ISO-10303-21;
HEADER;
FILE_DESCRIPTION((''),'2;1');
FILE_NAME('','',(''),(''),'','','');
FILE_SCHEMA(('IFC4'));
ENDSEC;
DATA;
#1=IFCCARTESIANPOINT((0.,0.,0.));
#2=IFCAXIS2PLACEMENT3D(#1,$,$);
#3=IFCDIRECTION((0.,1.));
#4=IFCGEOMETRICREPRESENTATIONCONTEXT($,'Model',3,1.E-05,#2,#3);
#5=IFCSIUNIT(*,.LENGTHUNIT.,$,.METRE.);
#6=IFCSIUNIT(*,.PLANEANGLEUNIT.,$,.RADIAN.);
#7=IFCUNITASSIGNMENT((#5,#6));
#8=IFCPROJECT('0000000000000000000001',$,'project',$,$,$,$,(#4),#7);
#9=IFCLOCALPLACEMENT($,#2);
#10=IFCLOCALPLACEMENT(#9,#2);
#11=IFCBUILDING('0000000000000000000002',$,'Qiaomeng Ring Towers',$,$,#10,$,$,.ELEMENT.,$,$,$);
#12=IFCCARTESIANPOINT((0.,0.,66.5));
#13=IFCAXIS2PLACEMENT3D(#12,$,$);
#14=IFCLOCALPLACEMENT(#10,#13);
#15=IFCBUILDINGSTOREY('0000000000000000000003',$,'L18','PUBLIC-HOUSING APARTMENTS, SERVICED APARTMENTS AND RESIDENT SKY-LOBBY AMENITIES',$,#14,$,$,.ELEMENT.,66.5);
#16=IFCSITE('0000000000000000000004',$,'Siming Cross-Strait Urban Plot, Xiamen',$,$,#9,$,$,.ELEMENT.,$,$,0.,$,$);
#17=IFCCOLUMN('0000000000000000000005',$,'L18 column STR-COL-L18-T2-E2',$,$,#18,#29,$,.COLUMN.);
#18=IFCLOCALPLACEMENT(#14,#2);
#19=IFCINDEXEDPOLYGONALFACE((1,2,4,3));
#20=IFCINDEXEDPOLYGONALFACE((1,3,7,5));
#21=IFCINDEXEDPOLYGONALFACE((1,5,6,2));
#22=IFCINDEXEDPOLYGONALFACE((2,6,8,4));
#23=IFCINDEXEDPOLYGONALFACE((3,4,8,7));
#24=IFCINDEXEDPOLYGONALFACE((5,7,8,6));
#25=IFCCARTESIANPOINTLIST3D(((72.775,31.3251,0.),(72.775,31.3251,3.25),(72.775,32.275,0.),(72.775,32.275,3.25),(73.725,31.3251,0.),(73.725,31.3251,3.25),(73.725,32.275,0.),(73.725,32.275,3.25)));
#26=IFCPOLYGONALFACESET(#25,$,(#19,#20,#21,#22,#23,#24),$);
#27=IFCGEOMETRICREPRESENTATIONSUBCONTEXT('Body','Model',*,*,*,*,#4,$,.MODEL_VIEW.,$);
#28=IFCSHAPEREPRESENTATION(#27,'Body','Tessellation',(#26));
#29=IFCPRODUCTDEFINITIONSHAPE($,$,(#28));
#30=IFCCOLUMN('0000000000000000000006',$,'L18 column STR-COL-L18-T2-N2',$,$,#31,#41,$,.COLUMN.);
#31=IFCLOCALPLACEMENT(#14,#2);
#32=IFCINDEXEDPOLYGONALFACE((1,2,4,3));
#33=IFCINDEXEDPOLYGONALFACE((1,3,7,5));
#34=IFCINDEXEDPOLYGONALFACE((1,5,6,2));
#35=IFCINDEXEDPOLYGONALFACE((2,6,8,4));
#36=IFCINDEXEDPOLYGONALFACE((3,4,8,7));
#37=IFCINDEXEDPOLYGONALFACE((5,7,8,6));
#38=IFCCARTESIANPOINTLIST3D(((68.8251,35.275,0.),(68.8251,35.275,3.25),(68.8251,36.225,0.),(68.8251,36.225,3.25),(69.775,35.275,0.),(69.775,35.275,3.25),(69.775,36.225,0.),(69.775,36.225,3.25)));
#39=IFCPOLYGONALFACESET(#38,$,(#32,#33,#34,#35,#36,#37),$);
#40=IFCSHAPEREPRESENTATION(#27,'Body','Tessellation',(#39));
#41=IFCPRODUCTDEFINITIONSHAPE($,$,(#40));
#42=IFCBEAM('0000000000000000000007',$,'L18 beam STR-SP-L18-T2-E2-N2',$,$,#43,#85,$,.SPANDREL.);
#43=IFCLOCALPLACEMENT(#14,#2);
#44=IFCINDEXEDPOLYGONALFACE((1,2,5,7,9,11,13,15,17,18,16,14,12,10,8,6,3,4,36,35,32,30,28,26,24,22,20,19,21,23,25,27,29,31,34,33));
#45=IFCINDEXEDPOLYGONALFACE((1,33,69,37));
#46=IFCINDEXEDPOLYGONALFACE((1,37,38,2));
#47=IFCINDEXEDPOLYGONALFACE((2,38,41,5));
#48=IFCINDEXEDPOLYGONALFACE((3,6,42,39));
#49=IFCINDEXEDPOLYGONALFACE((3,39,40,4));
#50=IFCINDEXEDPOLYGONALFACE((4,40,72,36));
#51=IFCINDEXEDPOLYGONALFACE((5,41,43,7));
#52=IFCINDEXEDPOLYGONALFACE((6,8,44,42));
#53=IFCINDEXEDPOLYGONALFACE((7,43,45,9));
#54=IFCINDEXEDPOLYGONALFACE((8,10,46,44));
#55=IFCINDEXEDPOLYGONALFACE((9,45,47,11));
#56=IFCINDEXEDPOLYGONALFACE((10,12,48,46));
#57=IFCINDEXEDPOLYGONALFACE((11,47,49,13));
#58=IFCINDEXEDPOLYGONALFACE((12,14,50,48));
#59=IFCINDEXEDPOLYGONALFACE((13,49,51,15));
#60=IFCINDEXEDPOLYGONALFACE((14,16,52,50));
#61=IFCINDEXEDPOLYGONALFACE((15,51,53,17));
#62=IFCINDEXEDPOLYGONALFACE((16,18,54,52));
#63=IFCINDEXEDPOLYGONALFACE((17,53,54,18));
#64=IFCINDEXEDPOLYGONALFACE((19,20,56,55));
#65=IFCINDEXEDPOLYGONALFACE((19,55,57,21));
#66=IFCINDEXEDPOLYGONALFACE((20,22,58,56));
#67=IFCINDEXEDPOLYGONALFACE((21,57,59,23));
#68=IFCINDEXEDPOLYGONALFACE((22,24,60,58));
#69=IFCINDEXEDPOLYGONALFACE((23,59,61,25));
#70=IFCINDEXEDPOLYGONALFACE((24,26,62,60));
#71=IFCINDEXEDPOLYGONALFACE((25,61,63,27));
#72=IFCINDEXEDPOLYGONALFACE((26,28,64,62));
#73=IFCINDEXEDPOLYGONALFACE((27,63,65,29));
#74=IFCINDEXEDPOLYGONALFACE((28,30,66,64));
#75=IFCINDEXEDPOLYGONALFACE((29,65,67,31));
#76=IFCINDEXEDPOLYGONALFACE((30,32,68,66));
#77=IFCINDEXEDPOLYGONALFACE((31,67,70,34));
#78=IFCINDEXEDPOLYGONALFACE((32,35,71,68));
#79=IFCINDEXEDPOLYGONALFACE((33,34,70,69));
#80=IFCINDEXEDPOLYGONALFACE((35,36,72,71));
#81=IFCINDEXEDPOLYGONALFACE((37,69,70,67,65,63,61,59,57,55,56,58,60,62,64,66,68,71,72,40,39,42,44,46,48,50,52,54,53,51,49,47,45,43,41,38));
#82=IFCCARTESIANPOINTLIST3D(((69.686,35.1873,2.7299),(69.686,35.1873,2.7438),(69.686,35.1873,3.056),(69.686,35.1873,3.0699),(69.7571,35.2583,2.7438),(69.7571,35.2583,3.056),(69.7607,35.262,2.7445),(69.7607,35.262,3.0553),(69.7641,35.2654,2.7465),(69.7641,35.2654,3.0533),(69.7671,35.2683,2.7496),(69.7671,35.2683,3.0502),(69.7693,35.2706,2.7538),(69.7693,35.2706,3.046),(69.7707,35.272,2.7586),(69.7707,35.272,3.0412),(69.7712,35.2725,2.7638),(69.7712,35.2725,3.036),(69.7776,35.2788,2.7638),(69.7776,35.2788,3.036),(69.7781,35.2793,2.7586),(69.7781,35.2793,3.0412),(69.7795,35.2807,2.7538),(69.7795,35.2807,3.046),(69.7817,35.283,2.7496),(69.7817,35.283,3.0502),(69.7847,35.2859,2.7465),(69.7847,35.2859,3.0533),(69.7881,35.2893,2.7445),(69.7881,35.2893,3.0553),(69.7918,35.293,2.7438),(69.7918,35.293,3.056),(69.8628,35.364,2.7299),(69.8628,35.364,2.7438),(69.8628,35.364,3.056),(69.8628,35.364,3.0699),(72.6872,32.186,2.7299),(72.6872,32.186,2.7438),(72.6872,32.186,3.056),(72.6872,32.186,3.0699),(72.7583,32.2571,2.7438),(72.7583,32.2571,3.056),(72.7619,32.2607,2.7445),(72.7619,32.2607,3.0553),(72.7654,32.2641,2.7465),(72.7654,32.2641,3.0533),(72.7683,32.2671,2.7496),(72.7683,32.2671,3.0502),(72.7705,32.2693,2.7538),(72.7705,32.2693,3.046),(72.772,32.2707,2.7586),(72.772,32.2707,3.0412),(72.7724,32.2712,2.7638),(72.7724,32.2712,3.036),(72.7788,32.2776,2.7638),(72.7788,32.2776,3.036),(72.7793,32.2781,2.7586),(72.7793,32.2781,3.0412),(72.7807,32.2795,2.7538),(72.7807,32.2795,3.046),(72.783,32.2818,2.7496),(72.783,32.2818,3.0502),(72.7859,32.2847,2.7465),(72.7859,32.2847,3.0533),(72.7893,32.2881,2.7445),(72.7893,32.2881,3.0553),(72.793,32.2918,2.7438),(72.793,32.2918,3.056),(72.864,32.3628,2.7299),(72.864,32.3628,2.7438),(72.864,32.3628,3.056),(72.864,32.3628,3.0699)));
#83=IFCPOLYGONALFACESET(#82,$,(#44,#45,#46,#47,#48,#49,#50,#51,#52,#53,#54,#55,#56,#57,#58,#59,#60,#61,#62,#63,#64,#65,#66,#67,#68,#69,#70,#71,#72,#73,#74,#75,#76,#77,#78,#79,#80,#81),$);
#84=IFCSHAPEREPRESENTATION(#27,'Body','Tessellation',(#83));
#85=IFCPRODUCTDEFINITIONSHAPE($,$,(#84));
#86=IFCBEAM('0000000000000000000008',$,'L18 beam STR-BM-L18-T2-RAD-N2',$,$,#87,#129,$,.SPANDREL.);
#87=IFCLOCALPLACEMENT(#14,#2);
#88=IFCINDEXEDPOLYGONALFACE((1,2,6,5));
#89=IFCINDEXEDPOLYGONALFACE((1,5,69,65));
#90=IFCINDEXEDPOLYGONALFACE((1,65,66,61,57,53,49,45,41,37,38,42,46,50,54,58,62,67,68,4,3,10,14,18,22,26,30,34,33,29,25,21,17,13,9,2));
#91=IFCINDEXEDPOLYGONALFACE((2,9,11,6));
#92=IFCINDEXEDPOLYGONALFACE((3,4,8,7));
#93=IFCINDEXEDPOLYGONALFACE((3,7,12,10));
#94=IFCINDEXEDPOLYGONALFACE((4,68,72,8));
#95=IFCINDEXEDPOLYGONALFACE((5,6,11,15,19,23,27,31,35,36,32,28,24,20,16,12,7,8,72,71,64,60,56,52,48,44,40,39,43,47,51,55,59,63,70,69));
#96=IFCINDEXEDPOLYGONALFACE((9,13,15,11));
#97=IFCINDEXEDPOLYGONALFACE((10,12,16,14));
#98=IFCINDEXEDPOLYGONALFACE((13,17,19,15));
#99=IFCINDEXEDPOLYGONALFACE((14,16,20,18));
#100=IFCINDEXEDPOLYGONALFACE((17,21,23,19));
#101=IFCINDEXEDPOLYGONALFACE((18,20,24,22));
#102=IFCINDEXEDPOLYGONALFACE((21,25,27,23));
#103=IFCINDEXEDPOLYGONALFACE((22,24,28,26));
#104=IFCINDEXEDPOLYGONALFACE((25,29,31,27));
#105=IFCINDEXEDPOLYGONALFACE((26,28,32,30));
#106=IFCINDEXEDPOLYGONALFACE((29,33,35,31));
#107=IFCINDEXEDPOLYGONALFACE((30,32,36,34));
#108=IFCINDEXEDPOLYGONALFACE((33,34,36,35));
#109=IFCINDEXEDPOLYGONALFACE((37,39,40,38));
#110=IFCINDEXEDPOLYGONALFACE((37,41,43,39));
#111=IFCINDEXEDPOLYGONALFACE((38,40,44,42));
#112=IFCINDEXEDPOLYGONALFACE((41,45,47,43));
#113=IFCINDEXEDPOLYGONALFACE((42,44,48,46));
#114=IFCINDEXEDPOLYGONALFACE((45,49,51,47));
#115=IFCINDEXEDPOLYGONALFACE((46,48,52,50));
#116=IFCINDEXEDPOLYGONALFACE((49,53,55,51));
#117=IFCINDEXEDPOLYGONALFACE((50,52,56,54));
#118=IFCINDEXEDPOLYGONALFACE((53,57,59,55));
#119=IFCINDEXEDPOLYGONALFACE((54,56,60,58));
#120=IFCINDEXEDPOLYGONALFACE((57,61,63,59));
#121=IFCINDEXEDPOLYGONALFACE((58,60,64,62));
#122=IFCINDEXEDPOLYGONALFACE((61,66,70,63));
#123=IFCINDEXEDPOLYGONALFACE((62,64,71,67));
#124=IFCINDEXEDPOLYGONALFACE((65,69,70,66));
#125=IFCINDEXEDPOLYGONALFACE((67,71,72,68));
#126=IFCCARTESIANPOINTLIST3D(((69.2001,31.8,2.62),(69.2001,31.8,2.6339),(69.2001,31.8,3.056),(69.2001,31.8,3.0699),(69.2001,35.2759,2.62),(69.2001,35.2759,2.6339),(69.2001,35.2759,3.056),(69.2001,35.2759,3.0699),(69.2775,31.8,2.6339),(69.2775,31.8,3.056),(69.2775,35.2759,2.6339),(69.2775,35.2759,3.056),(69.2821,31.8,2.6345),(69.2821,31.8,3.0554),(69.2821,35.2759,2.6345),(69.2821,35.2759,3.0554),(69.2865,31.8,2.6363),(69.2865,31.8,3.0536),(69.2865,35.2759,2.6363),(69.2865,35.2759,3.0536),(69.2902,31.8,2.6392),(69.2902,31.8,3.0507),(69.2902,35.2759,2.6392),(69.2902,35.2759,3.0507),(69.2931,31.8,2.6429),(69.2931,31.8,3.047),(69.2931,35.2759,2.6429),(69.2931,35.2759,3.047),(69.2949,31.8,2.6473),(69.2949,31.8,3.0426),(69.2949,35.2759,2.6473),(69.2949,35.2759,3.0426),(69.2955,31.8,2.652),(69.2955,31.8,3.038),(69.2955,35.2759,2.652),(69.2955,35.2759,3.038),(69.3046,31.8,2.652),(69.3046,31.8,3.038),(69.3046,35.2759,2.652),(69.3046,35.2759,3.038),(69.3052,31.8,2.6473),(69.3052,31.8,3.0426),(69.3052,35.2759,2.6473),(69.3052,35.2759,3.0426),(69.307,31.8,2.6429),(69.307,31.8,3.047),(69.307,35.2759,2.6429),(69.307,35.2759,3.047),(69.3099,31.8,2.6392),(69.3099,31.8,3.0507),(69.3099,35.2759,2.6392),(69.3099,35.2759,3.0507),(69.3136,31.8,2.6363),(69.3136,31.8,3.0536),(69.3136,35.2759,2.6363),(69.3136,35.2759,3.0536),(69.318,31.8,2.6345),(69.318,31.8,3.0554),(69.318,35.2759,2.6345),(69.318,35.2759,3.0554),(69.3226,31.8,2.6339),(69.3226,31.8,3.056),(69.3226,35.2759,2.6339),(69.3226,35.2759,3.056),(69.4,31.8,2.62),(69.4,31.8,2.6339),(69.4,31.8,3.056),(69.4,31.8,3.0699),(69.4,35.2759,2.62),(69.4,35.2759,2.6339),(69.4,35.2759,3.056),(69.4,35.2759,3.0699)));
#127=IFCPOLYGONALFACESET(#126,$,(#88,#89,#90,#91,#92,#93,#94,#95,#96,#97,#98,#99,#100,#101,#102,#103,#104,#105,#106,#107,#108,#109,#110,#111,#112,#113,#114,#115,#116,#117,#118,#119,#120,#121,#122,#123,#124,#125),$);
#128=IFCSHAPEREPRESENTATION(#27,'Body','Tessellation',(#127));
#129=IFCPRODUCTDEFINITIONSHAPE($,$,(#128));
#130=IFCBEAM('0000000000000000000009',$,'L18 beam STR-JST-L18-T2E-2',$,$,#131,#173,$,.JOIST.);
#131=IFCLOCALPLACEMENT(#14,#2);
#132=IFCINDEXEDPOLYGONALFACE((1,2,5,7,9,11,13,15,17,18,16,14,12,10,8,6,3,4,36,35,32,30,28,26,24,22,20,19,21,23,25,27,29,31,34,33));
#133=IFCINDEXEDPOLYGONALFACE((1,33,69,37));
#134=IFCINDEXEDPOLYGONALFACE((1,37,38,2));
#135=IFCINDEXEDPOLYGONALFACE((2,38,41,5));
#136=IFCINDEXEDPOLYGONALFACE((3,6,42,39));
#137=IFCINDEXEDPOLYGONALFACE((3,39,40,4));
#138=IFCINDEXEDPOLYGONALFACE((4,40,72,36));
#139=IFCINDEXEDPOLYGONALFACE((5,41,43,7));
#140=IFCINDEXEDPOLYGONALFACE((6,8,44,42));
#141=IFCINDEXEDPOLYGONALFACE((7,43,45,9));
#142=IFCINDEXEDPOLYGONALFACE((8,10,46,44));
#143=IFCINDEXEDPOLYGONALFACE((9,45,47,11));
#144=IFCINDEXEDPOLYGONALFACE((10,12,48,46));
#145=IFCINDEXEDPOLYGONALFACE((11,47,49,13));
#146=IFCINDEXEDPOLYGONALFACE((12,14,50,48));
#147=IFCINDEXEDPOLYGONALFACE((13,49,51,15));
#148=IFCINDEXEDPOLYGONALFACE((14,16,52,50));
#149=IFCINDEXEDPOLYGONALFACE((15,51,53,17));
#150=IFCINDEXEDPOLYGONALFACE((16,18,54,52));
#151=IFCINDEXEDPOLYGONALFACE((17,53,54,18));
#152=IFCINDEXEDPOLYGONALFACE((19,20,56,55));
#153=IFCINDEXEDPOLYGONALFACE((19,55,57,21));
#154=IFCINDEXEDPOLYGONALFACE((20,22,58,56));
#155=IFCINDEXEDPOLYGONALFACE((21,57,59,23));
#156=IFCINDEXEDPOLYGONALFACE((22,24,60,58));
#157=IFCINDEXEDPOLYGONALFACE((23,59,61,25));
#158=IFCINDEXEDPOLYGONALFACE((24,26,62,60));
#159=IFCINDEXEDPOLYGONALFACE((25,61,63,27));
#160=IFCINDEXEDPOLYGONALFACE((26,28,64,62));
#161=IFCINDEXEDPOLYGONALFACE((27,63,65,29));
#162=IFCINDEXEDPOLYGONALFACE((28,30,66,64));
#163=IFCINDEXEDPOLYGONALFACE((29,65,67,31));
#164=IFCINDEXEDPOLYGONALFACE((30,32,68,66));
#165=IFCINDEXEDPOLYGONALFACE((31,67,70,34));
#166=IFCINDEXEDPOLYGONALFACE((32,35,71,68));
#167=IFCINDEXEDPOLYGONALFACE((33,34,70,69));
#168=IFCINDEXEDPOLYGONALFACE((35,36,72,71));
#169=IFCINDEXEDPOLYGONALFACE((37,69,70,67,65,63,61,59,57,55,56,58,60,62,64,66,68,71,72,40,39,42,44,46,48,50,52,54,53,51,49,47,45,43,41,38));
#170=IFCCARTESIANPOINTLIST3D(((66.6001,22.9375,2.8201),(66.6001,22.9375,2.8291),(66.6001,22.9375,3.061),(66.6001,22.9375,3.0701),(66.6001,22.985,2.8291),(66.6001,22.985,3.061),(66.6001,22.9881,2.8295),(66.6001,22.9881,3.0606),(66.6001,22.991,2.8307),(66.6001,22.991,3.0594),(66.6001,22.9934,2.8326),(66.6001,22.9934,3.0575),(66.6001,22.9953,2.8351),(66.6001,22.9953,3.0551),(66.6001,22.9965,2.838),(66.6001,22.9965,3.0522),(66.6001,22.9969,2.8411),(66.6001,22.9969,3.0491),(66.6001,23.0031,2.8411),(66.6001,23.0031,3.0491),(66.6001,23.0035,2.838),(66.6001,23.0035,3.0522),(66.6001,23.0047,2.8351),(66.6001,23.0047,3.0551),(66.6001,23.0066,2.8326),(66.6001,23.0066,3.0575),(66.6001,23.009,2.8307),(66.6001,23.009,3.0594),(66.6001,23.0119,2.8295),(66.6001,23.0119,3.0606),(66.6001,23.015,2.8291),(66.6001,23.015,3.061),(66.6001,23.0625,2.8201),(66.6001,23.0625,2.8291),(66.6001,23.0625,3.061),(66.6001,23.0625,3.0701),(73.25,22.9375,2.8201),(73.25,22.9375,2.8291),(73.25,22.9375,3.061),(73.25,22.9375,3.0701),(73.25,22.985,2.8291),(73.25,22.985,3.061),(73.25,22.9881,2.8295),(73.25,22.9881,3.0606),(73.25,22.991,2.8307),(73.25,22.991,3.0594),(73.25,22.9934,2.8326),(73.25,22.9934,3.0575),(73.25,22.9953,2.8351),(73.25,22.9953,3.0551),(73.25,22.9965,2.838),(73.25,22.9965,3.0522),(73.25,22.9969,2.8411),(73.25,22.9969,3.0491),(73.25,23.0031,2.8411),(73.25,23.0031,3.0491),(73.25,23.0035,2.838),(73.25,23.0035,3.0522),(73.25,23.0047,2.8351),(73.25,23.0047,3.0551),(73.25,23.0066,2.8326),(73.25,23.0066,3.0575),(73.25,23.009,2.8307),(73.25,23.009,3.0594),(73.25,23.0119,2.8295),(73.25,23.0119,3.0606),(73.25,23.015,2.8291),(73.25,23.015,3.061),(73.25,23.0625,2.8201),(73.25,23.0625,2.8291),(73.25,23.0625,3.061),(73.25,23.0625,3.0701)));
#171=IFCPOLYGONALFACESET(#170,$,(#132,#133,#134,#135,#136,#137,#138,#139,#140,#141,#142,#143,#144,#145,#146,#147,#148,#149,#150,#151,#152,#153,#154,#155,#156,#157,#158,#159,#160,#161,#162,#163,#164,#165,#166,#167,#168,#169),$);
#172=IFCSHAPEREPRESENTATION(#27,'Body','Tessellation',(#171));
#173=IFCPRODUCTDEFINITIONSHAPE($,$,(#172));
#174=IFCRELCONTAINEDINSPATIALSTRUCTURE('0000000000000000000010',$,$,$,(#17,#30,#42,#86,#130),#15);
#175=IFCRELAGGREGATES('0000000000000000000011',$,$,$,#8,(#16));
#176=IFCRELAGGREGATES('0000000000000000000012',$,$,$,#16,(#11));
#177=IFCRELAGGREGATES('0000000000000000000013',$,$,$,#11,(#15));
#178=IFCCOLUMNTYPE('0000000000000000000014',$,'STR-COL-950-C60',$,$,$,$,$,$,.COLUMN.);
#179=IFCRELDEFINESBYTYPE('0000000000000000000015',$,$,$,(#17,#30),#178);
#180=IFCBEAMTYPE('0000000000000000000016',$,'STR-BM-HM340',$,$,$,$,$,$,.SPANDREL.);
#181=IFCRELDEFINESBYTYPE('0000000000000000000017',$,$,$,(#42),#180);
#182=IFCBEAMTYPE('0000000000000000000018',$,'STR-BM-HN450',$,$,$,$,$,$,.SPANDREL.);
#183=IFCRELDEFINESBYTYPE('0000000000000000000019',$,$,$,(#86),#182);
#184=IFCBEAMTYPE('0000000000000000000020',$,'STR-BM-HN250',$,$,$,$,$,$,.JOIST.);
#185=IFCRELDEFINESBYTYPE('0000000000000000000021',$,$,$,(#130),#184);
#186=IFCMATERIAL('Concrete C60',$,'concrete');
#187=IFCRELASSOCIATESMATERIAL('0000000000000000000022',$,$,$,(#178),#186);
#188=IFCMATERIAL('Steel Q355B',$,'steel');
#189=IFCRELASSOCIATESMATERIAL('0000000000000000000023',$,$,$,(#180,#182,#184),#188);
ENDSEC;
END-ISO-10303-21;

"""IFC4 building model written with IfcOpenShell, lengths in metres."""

from ifc_helpers import new_model, si_unit, direction, frame, origin, origin_2d, place, context, subcontext, project, spatial, rectangle, i_section, extrude, source, transform, mapped, material, material_profile, profile_set, type_object, element, save


model = new_model("IFC4")

# Units and contexts
model_context = context("Model", 3, precision=1e-05, world=origin(), true_north=direction((0.0, 1.0)))
body_context = subcontext(model_context, "Body", "Model", "MODEL_VIEW")
ifc_project = project(units=[si_unit("LENGTHUNIT", "METRE"), si_unit("PLANEANGLEUNIT", "RADIAN")], contexts=[model_context])

# Site, building, storey
site_placement = place(None, origin())
site = spatial("IfcSite", under=ifc_project, at=site_placement, Name="Siming Cross-Strait Urban Plot, Xiamen", CompositionType="ELEMENT", RefElevation=0.0)
building_placement = place(site_placement, origin())
building = spatial("IfcBuilding", under=site, at=building_placement, Name="Qiaomeng Ring Towers", CompositionType="ELEMENT")
storey_placement = place(building_placement, frame((0.0, 0.0, 66.5)))
storey = spatial("IfcBuildingStorey", under=building, at=storey_placement, Name="L18", Description="PUBLIC-HOUSING APARTMENTS, SERVICED APARTMENTS AND RESIDENT SKY-LOBBY AMENITIES", CompositionType="ELEMENT", Elevation=66.5)

# Columns
ifc_material_1 = material(Name="Concrete C60", Category="concrete")
ifc_material_profile_1 = material_profile(ifc_material_1, rectangle(XDim=0.95, YDim=0.95, at=origin_2d()), Name="RC COL 950x950")
ifc_profile_set_1 = profile_set([ifc_material_profile_1], Name="Concrete C60")
column_type = type_object("IfcColumnType", Name="STR-COL-950-C60", PredefinedType="COLUMN", material=ifc_profile_set_1)
shared_shape_1 = source(origin(), body_context, "Body", "SweptSolid", [
    extrude(rectangle(XDim=0.95, YDim=0.95, at=origin_2d()), origin(), (0.0, 0.0, 1.0), 3.25),
])
for number, where, z_axis, x_axis, name in (
    (1, (73.25, 31.8, 0.0), (0.0, 0.0, 1.0), (1.0, 0.0, 0.0), "L18 column STR-COL-L18-T2-E2"),
    (2, (69.3, 35.75, 0.0), (0.0, 0.0, 1.0), (1.0, 0.0, 0.0), "L18 column STR-COL-L18-T2-N2"),
):
    element("IfcColumn", number, at=place(storey_placement, frame(where, z_axis=z_axis, x_axis=x_axis)), inside=storey, type_object=column_type, Name=name, PredefinedType="COLUMN", context=body_context, shape_type="MappedRepresentation", body=[
        mapped(shared_shape_1, transform((0.0, 0.0, 0.0), x_axis=(1.0, 0.0, 0.0), y_axis=(0.0, 1.0, 0.0), z_axis=(0.0, 0.0, 1.0), scale=1.0)),
    ])

# Beams
ifc_material_2 = material(Name="Steel Q355B", Category="steel")
ifc_material_profile_2 = material_profile(ifc_material_2, i_section(OverallWidth=0.25, OverallDepth=0.3401, WebThickness=0.009, FlangeThickness=0.0139, FilletRadius=0.02, at=origin_2d()), Name="HM 340x250x9x14")
ifc_profile_set_2 = profile_set([ifc_material_profile_2], Name="Steel Q355B")
beam_type_1 = type_object("IfcBeamType", Name="STR-BM-HM340", PredefinedType="SPANDREL", material=ifc_profile_set_2)
shared_shape_2 = source(origin(), body_context, "Body", "SweptSolid", [
    extrude(i_section(OverallWidth=0.25, OverallDepth=0.3401, WebThickness=0.009, FlangeThickness=0.0139, FilletRadius=0.02, at=origin_2d()), origin(), (0.0, 0.0, 1.0), 4.2444),
])
beam_1_placement = place(storey_placement, frame((72.7756, 32.2744, 2.8999), z_axis=(-0.707107, 0.707107, 0.0), x_axis=(-0.707107, -0.707107, 0.0)))
element("IfcBeam", 3, at=beam_1_placement, inside=storey, type_object=beam_type_1, Name="L18 beam STR-SP-L18-T2-E2-N2", PredefinedType="SPANDREL", context=body_context, shape_type="MappedRepresentation", body=[
    mapped(shared_shape_2, transform((0.0, 0.0, 0.0), x_axis=(1.0, 0.0, 0.0), y_axis=(0.0, 1.0, 0.0), z_axis=(0.0, 0.0, 1.0), scale=1.0)),
])
ifc_material_profile_3 = material_profile(ifc_material_2, i_section(OverallWidth=0.2, OverallDepth=0.45, WebThickness=0.009, FlangeThickness=0.0139, FilletRadius=0.0181, at=origin_2d()), Name="HN 450x200x9x14")
ifc_profile_set_3 = profile_set([ifc_material_profile_3], Name="Steel Q355B")
beam_type_2 = type_object("IfcBeamType", Name="STR-BM-HN450", PredefinedType="SPANDREL", material=ifc_profile_set_3)
shared_shape_3 = source(origin(), body_context, "Body", "SweptSolid", [
    extrude(i_section(OverallWidth=0.2, OverallDepth=0.45, WebThickness=0.009, FlangeThickness=0.0139, FilletRadius=0.0181, at=origin_2d()), origin(), (0.0, 0.0, 1.0), 3.4758),
])
beam_2_placement = place(storey_placement, frame((69.3, 35.2759, 2.845), z_axis=(0.0, -1.0, 0.0), x_axis=(1.0, 0.0, 0.0)))
element("IfcBeam", 4, at=beam_2_placement, inside=storey, type_object=beam_type_2, Name="L18 beam STR-BM-L18-T2-RAD-N2", PredefinedType="SPANDREL", context=body_context, shape_type="MappedRepresentation", body=[
    mapped(shared_shape_3, transform((0.0, 0.0, 0.0), x_axis=(1.0, 0.0, 0.0), y_axis=(0.0, 1.0, 0.0), z_axis=(0.0, 0.0, 1.0), scale=1.0)),
])
ifc_material_profile_4 = material_profile(ifc_material_2, i_section(OverallWidth=0.125, OverallDepth=0.25, WebThickness=0.0061, FlangeThickness=0.009, FilletRadius=0.012, at=origin_2d()), Name="HN 250x125x6x9")
ifc_profile_set_4 = profile_set([ifc_material_profile_4], Name="Steel Q355B")
beam_type_3 = type_object("IfcBeamType", Name="STR-BM-HN250", PredefinedType="JOIST", material=ifc_profile_set_4)
shared_shape_4 = source(origin(), body_context, "Body", "SweptSolid", [
    extrude(i_section(OverallWidth=0.125, OverallDepth=0.25, WebThickness=0.0061, FlangeThickness=0.009, FilletRadius=0.012, at=origin_2d()), origin(), (0.0, 0.0, 1.0), 6.6499),
])
for number, where, z_axis, x_axis, name in (
    (5, (66.6001, 23.0, 2.9451), (1.0, 0.0, 0.0), (0.0, 1.0, 0.0), "L18 beam STR-JST-L18-T2E-2"),
):
    element("IfcBeam", number, at=place(storey_placement, frame(where, z_axis=z_axis, x_axis=x_axis)), inside=storey, type_object=beam_type_3, Name=name, PredefinedType="JOIST", context=body_context, shape_type="MappedRepresentation", body=[
        mapped(shared_shape_4, transform((0.0, 0.0, 0.0), x_axis=(1.0, 0.0, 0.0), y_axis=(0.0, 1.0, 0.0), z_axis=(0.0, 0.0, 1.0), scale=1.0)),
    ])

save(model, "model.ifc")
